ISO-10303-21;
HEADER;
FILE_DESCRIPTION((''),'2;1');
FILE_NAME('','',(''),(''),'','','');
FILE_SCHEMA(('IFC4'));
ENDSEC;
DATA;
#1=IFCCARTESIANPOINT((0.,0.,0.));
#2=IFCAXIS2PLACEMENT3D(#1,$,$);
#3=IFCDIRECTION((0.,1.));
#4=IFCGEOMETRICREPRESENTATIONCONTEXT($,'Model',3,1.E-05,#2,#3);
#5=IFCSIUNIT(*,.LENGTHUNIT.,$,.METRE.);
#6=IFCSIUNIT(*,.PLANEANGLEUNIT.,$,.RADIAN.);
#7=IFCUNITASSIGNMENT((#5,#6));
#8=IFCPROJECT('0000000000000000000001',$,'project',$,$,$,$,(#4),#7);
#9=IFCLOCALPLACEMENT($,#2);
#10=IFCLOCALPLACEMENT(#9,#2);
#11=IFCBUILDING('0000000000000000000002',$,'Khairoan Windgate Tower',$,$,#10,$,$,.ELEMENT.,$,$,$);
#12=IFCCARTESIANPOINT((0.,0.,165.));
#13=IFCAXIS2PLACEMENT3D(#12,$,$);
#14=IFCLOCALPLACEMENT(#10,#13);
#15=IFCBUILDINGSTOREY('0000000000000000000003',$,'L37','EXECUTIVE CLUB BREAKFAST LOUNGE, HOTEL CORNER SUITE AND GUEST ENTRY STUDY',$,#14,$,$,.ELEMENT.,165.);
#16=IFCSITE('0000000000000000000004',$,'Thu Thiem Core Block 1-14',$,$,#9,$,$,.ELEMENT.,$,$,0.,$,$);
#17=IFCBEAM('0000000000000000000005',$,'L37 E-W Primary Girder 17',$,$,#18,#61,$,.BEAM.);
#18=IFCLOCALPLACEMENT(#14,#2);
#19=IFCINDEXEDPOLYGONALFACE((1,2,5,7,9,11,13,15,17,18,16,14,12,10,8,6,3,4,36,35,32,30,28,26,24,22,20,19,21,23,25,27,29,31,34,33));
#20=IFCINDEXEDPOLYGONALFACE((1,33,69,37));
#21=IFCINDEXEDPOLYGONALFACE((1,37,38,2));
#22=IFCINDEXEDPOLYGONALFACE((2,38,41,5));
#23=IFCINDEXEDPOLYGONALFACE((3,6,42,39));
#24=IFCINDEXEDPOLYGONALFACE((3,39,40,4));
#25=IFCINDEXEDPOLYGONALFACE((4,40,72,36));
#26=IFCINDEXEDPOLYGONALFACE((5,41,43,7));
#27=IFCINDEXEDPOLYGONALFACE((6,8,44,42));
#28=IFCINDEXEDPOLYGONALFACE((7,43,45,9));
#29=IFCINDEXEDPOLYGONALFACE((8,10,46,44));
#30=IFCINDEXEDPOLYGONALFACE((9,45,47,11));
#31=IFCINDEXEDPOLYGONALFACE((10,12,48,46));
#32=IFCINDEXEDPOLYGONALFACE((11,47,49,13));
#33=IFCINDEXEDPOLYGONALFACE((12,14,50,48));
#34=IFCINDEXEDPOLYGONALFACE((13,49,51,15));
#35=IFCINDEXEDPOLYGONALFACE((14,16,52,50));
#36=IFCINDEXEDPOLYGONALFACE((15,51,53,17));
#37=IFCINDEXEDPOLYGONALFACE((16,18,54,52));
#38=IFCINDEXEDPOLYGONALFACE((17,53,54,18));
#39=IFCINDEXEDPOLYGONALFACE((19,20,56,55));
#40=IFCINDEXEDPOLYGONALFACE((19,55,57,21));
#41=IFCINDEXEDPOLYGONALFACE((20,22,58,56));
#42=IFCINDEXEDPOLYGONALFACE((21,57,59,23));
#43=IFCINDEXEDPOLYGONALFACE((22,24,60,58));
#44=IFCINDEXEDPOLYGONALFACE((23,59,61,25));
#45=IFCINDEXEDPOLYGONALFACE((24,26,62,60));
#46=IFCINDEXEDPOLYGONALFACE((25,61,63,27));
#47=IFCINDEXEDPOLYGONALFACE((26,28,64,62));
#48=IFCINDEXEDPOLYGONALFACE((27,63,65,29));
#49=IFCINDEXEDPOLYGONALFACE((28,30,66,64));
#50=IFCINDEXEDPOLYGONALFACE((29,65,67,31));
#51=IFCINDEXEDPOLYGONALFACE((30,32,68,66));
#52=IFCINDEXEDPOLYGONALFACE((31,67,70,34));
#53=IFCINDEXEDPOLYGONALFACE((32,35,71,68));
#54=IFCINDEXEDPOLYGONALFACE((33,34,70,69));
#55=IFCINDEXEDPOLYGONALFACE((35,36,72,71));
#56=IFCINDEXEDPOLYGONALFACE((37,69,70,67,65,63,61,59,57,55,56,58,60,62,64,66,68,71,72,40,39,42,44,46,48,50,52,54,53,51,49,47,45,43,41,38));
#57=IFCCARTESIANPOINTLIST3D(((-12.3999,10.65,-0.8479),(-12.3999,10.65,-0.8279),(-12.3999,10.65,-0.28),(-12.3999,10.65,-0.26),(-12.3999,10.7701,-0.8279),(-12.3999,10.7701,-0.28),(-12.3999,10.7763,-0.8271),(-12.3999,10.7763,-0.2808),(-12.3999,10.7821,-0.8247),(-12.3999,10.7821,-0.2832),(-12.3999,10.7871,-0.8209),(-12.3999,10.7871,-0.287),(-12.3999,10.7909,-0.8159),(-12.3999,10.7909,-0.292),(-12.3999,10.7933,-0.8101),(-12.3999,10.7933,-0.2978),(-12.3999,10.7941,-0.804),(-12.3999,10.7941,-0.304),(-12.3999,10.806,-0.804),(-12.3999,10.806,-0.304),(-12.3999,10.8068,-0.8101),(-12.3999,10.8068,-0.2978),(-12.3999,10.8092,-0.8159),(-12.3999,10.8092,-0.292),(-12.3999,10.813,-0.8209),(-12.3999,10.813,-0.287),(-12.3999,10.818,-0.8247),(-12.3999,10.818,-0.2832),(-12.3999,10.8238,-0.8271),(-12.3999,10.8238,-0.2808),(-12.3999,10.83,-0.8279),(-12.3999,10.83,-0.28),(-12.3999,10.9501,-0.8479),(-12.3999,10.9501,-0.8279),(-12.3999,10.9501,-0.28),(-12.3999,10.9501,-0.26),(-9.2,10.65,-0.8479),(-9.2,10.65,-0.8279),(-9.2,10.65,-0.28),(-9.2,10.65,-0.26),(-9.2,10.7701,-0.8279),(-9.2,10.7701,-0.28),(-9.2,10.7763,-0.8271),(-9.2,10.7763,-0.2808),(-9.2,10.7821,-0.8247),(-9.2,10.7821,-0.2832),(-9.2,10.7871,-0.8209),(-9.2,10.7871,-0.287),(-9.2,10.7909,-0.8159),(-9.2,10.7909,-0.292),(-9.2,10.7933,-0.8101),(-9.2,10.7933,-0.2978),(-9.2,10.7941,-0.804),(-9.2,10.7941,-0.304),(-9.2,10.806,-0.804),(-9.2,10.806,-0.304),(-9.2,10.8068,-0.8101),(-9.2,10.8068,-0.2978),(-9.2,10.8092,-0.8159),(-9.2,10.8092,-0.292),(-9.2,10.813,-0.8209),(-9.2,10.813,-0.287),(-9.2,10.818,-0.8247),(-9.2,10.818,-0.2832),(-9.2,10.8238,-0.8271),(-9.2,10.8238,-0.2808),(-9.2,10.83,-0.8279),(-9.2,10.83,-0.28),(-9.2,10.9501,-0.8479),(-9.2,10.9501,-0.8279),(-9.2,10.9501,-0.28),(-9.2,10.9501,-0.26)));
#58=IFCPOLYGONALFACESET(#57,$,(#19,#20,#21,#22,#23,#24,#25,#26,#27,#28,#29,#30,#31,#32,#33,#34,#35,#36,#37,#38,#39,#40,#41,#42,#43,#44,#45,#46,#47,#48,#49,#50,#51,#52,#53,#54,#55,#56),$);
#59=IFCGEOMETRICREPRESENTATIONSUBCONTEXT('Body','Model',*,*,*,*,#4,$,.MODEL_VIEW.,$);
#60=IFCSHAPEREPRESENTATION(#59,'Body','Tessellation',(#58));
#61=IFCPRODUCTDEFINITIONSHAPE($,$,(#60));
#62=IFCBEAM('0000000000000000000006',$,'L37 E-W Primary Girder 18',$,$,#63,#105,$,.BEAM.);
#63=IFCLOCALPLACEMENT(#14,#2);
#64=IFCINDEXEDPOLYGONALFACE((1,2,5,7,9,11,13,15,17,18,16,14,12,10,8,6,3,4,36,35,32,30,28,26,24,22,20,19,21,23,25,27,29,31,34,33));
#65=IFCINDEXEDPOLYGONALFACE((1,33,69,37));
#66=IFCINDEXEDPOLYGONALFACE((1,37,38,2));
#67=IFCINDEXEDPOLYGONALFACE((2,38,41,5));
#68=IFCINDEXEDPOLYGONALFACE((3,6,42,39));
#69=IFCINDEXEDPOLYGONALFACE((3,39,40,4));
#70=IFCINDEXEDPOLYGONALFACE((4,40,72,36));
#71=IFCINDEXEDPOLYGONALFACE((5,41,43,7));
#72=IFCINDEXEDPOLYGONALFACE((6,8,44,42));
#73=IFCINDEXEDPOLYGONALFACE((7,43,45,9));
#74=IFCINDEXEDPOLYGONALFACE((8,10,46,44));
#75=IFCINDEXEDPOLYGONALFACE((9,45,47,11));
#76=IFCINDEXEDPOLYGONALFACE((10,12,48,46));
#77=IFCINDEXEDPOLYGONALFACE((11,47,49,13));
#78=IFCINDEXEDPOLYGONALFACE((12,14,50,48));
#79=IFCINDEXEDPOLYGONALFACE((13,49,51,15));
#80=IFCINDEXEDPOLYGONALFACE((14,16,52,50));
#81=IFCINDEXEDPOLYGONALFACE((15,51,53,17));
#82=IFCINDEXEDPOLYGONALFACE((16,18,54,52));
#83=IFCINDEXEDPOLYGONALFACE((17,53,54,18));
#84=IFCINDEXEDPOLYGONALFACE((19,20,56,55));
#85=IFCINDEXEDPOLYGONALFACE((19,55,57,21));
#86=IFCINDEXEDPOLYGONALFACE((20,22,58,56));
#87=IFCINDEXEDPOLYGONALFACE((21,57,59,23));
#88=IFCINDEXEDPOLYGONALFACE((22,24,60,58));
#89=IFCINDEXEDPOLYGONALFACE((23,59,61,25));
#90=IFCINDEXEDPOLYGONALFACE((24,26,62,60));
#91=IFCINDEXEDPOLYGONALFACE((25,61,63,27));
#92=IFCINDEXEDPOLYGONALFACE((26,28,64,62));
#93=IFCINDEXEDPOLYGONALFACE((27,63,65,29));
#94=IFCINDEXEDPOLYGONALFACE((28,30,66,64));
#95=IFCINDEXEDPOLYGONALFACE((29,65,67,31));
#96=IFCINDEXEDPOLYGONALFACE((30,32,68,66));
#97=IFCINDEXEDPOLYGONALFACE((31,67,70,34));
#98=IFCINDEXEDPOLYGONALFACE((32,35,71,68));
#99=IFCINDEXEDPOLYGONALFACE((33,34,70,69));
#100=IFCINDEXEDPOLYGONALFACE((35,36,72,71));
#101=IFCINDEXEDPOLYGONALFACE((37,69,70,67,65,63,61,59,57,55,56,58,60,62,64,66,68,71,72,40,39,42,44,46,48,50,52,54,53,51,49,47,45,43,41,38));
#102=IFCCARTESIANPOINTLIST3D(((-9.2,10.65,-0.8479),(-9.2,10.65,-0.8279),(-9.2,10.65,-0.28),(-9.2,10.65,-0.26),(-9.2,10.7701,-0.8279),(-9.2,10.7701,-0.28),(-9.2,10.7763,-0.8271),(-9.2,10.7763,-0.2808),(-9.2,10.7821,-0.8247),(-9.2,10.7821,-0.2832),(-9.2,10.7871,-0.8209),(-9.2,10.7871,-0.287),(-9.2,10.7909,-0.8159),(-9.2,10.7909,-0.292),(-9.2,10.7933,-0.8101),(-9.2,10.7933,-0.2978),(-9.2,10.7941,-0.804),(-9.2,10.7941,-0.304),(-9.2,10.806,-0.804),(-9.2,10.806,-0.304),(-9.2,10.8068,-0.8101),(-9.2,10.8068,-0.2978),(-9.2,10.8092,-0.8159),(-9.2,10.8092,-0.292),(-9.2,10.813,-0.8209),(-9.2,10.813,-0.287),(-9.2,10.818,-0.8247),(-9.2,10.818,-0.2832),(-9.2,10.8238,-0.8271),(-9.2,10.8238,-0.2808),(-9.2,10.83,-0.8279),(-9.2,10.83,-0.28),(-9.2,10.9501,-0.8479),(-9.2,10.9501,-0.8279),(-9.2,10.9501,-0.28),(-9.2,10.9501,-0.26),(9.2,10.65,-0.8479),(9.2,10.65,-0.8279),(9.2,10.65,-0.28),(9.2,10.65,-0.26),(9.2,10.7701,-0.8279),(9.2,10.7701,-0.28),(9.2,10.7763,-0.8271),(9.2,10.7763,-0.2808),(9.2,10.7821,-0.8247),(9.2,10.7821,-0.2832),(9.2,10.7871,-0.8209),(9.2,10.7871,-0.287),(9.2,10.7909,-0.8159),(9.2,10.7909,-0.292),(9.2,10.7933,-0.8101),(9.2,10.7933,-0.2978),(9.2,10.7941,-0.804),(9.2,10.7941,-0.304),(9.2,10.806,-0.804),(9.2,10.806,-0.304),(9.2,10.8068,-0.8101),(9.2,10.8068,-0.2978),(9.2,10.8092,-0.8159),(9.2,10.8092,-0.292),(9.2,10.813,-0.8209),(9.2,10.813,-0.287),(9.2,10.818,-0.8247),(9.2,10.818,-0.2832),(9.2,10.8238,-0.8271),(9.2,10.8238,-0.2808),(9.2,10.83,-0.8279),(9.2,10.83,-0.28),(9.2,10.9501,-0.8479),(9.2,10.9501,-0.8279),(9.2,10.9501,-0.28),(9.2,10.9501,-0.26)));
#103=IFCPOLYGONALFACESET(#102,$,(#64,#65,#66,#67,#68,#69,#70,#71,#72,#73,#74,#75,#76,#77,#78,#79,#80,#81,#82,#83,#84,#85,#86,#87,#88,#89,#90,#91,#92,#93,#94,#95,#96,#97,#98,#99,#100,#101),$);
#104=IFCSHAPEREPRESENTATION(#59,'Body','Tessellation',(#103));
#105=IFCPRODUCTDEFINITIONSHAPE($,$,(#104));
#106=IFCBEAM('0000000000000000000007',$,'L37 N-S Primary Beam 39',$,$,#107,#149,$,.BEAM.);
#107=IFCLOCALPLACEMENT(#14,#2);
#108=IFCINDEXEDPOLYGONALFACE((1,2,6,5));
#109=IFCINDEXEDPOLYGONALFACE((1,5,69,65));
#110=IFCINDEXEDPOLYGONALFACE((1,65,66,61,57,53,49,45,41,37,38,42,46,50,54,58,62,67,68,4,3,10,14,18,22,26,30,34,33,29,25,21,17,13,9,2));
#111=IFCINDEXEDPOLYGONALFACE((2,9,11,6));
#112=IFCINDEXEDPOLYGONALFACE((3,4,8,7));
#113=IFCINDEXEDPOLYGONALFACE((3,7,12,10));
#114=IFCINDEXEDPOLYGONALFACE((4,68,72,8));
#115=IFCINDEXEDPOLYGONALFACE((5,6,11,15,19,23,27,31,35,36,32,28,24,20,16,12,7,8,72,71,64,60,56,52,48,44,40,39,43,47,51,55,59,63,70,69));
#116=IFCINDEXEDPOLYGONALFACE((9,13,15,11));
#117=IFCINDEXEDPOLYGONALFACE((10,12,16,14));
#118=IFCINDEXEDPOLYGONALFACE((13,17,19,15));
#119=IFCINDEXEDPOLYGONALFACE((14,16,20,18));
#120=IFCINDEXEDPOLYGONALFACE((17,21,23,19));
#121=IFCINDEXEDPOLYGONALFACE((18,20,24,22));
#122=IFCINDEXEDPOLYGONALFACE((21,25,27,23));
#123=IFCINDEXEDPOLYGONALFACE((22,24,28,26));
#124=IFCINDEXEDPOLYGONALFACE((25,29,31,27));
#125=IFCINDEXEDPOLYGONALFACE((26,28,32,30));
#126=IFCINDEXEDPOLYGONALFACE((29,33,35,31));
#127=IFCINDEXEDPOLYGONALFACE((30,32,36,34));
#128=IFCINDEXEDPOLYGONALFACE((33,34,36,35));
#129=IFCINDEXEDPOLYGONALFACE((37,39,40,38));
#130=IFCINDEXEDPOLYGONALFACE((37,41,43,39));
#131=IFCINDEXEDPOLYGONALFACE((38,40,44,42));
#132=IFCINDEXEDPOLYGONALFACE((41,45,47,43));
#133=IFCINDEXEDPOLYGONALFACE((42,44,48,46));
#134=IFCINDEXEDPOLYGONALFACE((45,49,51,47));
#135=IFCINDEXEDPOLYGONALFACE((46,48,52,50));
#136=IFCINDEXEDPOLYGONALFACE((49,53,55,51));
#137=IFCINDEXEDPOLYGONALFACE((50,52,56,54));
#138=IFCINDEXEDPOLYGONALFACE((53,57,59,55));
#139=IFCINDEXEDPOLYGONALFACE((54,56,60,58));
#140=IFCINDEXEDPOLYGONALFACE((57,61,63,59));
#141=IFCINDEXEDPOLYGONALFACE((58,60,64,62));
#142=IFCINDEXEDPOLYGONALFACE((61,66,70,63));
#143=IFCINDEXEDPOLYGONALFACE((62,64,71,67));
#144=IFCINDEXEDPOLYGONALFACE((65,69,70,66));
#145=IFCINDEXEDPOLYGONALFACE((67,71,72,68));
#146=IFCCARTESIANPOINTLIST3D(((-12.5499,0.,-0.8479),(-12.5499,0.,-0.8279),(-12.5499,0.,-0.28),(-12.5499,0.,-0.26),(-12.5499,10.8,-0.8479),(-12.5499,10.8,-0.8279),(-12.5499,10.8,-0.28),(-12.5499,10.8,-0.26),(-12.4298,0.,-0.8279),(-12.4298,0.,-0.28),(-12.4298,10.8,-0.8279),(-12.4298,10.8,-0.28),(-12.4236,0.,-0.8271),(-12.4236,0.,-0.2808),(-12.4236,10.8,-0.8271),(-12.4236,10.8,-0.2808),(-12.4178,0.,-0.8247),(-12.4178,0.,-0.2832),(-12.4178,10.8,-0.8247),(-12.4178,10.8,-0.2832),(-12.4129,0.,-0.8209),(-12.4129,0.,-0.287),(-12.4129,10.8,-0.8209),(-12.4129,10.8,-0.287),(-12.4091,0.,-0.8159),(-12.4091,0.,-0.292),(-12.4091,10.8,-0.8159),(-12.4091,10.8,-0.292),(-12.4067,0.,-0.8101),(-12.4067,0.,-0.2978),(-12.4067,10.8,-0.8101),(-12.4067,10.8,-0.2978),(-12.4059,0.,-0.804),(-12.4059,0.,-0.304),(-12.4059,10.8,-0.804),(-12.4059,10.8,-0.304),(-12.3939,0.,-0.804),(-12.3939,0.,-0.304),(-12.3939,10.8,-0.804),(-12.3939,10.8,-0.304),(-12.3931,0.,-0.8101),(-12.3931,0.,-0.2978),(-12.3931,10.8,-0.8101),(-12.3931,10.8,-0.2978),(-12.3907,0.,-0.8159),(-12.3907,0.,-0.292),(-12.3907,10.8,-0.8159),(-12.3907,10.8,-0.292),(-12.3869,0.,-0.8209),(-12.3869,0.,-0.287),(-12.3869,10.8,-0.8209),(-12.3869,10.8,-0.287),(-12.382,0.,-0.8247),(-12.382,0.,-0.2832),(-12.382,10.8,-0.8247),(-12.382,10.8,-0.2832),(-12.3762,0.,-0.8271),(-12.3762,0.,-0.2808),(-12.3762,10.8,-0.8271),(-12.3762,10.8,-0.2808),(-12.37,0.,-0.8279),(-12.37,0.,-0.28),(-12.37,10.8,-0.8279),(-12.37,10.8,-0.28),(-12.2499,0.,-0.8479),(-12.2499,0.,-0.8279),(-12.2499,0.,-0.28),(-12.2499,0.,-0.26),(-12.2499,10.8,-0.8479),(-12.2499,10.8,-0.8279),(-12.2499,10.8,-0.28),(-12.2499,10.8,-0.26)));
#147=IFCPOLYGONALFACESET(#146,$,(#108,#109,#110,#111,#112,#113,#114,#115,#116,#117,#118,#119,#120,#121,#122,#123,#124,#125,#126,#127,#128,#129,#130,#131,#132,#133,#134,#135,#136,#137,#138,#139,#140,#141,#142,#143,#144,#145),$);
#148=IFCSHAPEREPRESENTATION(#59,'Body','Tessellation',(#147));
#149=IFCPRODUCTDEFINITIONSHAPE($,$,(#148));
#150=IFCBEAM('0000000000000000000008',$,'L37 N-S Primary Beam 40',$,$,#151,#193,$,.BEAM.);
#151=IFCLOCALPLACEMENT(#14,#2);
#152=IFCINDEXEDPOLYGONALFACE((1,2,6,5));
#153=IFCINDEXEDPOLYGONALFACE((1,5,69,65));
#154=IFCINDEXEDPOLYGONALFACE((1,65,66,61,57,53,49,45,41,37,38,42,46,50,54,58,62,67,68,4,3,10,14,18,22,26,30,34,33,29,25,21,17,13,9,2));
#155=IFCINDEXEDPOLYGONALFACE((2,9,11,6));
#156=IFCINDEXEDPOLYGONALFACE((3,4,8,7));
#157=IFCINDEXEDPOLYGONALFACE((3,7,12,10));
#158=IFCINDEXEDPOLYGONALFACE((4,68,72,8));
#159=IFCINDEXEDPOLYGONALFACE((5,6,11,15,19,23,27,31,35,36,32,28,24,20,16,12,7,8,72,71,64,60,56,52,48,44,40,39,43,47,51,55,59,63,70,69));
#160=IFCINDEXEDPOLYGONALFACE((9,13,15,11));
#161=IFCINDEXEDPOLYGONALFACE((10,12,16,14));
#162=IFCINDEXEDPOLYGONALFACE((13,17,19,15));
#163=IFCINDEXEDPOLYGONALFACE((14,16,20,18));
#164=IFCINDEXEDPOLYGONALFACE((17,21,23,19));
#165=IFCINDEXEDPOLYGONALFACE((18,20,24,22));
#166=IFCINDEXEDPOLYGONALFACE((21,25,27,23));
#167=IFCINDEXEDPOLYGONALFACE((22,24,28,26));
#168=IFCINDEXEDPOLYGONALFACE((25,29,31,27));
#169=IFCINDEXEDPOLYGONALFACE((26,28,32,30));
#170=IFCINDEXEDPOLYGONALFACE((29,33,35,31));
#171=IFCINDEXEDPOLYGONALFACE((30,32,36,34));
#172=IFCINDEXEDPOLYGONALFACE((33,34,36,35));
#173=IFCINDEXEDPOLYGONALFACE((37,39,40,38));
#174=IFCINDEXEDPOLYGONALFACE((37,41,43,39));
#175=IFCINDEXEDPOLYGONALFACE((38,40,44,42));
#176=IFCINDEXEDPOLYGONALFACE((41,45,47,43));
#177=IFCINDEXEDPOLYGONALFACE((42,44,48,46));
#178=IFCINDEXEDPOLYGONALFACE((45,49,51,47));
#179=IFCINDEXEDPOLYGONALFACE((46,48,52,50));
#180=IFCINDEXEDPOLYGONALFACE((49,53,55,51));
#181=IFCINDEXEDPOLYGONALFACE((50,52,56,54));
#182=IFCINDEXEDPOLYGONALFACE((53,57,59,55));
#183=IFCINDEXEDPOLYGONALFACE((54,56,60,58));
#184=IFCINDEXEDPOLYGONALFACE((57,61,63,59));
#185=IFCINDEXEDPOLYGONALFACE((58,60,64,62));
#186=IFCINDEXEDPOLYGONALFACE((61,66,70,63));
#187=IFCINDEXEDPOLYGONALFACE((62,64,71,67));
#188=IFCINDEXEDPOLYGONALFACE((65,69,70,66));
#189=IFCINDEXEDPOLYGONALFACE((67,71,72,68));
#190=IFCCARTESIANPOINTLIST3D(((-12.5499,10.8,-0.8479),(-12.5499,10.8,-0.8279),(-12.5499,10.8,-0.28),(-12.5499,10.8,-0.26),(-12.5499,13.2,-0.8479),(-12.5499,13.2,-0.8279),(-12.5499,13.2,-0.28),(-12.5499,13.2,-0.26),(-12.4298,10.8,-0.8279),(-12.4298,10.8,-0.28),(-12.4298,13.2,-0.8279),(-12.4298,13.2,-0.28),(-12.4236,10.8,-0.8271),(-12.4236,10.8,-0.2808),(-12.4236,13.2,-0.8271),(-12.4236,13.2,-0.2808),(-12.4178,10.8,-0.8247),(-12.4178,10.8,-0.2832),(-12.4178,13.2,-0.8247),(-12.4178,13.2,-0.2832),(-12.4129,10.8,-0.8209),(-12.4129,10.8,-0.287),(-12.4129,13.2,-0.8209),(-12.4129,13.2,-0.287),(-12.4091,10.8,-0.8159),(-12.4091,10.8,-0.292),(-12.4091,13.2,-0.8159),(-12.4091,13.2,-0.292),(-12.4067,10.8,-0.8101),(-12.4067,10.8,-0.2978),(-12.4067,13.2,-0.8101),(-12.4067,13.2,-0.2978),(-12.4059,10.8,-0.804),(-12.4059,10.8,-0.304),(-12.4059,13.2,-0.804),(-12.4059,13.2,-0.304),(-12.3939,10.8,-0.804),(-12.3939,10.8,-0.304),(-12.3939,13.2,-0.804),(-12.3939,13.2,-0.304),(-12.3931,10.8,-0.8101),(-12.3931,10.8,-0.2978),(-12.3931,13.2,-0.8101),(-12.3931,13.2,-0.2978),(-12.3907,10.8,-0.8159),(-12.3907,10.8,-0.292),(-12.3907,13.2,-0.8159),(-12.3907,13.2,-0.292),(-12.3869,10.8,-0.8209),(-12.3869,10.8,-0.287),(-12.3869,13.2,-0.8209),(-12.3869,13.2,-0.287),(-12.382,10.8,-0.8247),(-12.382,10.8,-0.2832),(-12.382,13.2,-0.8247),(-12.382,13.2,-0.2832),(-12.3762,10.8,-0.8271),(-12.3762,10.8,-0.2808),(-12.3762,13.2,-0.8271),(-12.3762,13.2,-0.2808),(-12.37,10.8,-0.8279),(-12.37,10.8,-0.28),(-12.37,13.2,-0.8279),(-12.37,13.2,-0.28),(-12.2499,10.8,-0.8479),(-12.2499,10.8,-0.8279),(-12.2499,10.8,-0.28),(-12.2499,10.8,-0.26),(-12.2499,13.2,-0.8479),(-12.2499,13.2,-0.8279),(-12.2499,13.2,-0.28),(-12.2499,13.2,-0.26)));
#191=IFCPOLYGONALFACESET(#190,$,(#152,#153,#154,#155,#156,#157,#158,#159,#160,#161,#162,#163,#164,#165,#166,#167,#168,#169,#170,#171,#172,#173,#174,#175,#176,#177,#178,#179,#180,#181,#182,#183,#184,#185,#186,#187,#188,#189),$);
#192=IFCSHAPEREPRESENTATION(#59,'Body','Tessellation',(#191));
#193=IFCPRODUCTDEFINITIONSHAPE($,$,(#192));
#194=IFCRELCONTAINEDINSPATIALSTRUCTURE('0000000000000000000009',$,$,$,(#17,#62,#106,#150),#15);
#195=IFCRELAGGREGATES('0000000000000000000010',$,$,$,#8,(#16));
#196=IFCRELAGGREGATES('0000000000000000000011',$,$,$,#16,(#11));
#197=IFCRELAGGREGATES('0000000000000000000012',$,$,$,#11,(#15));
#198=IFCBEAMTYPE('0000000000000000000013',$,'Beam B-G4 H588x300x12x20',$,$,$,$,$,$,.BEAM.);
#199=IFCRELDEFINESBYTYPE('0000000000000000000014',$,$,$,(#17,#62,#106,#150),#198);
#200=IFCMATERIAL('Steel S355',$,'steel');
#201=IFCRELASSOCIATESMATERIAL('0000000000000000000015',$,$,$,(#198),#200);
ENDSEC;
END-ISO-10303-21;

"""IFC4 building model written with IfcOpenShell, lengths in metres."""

from ifc_helpers import new_model, si_unit, direction, frame, origin, origin_2d, place, context, subcontext, project, spatial, i_section, extrude, material, material_profile, profile_set, type_object, element, save


model = new_model("IFC4")

# Units and contexts
model_context = context("Model", 3, precision=1e-05, world=origin(), true_north=direction((0.0, 1.0)))
body_context = subcontext(model_context, "Body", "Model", "MODEL_VIEW")
ifc_project = project(units=[si_unit("LENGTHUNIT", "METRE"), si_unit("PLANEANGLEUNIT", "RADIAN")], contexts=[model_context])

# Site, building, storey
site_placement = place(None, origin())
site = spatial("IfcSite", under=ifc_project, at=site_placement, Name="Thu Thiem Core Block 1-14", CompositionType="ELEMENT", RefElevation=0.0)
building_placement = place(site_placement, origin())
building = spatial("IfcBuilding", under=site, at=building_placement, Name="Khairoan Windgate Tower", CompositionType="ELEMENT")
storey_placement = place(building_placement, frame((0.0, 0.0, 165.0)))
storey = spatial("IfcBuildingStorey", under=building, at=storey_placement, Name="L37", Description="EXECUTIVE CLUB BREAKFAST LOUNGE, HOTEL CORNER SUITE AND GUEST ENTRY STUDY", CompositionType="ELEMENT", Elevation=165.0)

# Beams
ifc_material_1 = material(Name="Steel S355", Category="steel")
ifc_material_profile_1 = material_profile(ifc_material_1, i_section(OverallWidth=0.3, OverallDepth=0.5879, WebThickness=0.012, FlangeThickness=0.02, FilletRadius=0.0239, at=origin_2d()))
ifc_profile_set_1 = profile_set([ifc_material_profile_1], Name="Steel S355")
beam_type_1 = type_object("IfcBeamType", Name="Beam B-G4 H588x300x12x20", PredefinedType="BEAM", material=ifc_profile_set_1)
beam_1_placement = place(storey_placement, frame((-12.3999, 10.8, -0.554), z_axis=(1.0, 0.0, 0.0), x_axis=(0.0, 1.0, 0.0)))
element("IfcBeam", 1, at=beam_1_placement, inside=storey, type_object=beam_type_1, Name="L37 E-W Primary Girder 17", PredefinedType="BEAM", context=body_context, shape_type="SweptSolid", body=[
    extrude(i_section(OverallWidth=0.3, OverallDepth=0.5879, WebThickness=0.012, FlangeThickness=0.02, FilletRadius=0.0239, at=origin_2d()), origin(), (0.0, 0.0, 1.0), 3.2),
])
beam_2_placement = place(storey_placement, frame((-9.2, 10.8, -0.554), z_axis=(1.0, 0.0, 0.0), x_axis=(0.0, 1.0, 0.0)))
element("IfcBeam", 2, at=beam_2_placement, inside=storey, type_object=beam_type_1, Name="L37 E-W Primary Girder 18", PredefinedType="BEAM", context=body_context, shape_type="SweptSolid", body=[
    extrude(i_section(OverallWidth=0.3, OverallDepth=0.5879, WebThickness=0.012, FlangeThickness=0.02, FilletRadius=0.0239, at=origin_2d()), origin(), (0.0, 0.0, 1.0), 18.3999),
])
beam_3_placement = place(storey_placement, frame((-12.3999, 0.0, -0.554), z_axis=(0.0, 1.0, 0.0), x_axis=(-1.0, 0.0, 0.0)))
element("IfcBeam", 3, at=beam_3_placement, inside=storey, type_object=beam_type_1, Name="L37 N-S Primary Beam 39", PredefinedType="BEAM", context=body_context, shape_type="SweptSolid", body=[
    extrude(i_section(OverallWidth=0.3, OverallDepth=0.5879, WebThickness=0.012, FlangeThickness=0.02, FilletRadius=0.0239, at=origin_2d()), origin(), (0.0, 0.0, 1.0), 10.8),
])
beam_4_placement = place(storey_placement, frame((-12.3999, 10.8, -0.554), z_axis=(0.0, 1.0, 0.0), x_axis=(-1.0, 0.0, 0.0)))
element("IfcBeam", 4, at=beam_4_placement, inside=storey, type_object=beam_type_1, Name="L37 N-S Primary Beam 40", PredefinedType="BEAM", context=body_context, shape_type="SweptSolid", body=[
    extrude(i_section(OverallWidth=0.3, OverallDepth=0.5879, WebThickness=0.012, FlangeThickness=0.02, FilletRadius=0.0239, at=origin_2d()), origin(), (0.0, 0.0, 1.0), 2.3999),
])

save(model, "model.ifc")
